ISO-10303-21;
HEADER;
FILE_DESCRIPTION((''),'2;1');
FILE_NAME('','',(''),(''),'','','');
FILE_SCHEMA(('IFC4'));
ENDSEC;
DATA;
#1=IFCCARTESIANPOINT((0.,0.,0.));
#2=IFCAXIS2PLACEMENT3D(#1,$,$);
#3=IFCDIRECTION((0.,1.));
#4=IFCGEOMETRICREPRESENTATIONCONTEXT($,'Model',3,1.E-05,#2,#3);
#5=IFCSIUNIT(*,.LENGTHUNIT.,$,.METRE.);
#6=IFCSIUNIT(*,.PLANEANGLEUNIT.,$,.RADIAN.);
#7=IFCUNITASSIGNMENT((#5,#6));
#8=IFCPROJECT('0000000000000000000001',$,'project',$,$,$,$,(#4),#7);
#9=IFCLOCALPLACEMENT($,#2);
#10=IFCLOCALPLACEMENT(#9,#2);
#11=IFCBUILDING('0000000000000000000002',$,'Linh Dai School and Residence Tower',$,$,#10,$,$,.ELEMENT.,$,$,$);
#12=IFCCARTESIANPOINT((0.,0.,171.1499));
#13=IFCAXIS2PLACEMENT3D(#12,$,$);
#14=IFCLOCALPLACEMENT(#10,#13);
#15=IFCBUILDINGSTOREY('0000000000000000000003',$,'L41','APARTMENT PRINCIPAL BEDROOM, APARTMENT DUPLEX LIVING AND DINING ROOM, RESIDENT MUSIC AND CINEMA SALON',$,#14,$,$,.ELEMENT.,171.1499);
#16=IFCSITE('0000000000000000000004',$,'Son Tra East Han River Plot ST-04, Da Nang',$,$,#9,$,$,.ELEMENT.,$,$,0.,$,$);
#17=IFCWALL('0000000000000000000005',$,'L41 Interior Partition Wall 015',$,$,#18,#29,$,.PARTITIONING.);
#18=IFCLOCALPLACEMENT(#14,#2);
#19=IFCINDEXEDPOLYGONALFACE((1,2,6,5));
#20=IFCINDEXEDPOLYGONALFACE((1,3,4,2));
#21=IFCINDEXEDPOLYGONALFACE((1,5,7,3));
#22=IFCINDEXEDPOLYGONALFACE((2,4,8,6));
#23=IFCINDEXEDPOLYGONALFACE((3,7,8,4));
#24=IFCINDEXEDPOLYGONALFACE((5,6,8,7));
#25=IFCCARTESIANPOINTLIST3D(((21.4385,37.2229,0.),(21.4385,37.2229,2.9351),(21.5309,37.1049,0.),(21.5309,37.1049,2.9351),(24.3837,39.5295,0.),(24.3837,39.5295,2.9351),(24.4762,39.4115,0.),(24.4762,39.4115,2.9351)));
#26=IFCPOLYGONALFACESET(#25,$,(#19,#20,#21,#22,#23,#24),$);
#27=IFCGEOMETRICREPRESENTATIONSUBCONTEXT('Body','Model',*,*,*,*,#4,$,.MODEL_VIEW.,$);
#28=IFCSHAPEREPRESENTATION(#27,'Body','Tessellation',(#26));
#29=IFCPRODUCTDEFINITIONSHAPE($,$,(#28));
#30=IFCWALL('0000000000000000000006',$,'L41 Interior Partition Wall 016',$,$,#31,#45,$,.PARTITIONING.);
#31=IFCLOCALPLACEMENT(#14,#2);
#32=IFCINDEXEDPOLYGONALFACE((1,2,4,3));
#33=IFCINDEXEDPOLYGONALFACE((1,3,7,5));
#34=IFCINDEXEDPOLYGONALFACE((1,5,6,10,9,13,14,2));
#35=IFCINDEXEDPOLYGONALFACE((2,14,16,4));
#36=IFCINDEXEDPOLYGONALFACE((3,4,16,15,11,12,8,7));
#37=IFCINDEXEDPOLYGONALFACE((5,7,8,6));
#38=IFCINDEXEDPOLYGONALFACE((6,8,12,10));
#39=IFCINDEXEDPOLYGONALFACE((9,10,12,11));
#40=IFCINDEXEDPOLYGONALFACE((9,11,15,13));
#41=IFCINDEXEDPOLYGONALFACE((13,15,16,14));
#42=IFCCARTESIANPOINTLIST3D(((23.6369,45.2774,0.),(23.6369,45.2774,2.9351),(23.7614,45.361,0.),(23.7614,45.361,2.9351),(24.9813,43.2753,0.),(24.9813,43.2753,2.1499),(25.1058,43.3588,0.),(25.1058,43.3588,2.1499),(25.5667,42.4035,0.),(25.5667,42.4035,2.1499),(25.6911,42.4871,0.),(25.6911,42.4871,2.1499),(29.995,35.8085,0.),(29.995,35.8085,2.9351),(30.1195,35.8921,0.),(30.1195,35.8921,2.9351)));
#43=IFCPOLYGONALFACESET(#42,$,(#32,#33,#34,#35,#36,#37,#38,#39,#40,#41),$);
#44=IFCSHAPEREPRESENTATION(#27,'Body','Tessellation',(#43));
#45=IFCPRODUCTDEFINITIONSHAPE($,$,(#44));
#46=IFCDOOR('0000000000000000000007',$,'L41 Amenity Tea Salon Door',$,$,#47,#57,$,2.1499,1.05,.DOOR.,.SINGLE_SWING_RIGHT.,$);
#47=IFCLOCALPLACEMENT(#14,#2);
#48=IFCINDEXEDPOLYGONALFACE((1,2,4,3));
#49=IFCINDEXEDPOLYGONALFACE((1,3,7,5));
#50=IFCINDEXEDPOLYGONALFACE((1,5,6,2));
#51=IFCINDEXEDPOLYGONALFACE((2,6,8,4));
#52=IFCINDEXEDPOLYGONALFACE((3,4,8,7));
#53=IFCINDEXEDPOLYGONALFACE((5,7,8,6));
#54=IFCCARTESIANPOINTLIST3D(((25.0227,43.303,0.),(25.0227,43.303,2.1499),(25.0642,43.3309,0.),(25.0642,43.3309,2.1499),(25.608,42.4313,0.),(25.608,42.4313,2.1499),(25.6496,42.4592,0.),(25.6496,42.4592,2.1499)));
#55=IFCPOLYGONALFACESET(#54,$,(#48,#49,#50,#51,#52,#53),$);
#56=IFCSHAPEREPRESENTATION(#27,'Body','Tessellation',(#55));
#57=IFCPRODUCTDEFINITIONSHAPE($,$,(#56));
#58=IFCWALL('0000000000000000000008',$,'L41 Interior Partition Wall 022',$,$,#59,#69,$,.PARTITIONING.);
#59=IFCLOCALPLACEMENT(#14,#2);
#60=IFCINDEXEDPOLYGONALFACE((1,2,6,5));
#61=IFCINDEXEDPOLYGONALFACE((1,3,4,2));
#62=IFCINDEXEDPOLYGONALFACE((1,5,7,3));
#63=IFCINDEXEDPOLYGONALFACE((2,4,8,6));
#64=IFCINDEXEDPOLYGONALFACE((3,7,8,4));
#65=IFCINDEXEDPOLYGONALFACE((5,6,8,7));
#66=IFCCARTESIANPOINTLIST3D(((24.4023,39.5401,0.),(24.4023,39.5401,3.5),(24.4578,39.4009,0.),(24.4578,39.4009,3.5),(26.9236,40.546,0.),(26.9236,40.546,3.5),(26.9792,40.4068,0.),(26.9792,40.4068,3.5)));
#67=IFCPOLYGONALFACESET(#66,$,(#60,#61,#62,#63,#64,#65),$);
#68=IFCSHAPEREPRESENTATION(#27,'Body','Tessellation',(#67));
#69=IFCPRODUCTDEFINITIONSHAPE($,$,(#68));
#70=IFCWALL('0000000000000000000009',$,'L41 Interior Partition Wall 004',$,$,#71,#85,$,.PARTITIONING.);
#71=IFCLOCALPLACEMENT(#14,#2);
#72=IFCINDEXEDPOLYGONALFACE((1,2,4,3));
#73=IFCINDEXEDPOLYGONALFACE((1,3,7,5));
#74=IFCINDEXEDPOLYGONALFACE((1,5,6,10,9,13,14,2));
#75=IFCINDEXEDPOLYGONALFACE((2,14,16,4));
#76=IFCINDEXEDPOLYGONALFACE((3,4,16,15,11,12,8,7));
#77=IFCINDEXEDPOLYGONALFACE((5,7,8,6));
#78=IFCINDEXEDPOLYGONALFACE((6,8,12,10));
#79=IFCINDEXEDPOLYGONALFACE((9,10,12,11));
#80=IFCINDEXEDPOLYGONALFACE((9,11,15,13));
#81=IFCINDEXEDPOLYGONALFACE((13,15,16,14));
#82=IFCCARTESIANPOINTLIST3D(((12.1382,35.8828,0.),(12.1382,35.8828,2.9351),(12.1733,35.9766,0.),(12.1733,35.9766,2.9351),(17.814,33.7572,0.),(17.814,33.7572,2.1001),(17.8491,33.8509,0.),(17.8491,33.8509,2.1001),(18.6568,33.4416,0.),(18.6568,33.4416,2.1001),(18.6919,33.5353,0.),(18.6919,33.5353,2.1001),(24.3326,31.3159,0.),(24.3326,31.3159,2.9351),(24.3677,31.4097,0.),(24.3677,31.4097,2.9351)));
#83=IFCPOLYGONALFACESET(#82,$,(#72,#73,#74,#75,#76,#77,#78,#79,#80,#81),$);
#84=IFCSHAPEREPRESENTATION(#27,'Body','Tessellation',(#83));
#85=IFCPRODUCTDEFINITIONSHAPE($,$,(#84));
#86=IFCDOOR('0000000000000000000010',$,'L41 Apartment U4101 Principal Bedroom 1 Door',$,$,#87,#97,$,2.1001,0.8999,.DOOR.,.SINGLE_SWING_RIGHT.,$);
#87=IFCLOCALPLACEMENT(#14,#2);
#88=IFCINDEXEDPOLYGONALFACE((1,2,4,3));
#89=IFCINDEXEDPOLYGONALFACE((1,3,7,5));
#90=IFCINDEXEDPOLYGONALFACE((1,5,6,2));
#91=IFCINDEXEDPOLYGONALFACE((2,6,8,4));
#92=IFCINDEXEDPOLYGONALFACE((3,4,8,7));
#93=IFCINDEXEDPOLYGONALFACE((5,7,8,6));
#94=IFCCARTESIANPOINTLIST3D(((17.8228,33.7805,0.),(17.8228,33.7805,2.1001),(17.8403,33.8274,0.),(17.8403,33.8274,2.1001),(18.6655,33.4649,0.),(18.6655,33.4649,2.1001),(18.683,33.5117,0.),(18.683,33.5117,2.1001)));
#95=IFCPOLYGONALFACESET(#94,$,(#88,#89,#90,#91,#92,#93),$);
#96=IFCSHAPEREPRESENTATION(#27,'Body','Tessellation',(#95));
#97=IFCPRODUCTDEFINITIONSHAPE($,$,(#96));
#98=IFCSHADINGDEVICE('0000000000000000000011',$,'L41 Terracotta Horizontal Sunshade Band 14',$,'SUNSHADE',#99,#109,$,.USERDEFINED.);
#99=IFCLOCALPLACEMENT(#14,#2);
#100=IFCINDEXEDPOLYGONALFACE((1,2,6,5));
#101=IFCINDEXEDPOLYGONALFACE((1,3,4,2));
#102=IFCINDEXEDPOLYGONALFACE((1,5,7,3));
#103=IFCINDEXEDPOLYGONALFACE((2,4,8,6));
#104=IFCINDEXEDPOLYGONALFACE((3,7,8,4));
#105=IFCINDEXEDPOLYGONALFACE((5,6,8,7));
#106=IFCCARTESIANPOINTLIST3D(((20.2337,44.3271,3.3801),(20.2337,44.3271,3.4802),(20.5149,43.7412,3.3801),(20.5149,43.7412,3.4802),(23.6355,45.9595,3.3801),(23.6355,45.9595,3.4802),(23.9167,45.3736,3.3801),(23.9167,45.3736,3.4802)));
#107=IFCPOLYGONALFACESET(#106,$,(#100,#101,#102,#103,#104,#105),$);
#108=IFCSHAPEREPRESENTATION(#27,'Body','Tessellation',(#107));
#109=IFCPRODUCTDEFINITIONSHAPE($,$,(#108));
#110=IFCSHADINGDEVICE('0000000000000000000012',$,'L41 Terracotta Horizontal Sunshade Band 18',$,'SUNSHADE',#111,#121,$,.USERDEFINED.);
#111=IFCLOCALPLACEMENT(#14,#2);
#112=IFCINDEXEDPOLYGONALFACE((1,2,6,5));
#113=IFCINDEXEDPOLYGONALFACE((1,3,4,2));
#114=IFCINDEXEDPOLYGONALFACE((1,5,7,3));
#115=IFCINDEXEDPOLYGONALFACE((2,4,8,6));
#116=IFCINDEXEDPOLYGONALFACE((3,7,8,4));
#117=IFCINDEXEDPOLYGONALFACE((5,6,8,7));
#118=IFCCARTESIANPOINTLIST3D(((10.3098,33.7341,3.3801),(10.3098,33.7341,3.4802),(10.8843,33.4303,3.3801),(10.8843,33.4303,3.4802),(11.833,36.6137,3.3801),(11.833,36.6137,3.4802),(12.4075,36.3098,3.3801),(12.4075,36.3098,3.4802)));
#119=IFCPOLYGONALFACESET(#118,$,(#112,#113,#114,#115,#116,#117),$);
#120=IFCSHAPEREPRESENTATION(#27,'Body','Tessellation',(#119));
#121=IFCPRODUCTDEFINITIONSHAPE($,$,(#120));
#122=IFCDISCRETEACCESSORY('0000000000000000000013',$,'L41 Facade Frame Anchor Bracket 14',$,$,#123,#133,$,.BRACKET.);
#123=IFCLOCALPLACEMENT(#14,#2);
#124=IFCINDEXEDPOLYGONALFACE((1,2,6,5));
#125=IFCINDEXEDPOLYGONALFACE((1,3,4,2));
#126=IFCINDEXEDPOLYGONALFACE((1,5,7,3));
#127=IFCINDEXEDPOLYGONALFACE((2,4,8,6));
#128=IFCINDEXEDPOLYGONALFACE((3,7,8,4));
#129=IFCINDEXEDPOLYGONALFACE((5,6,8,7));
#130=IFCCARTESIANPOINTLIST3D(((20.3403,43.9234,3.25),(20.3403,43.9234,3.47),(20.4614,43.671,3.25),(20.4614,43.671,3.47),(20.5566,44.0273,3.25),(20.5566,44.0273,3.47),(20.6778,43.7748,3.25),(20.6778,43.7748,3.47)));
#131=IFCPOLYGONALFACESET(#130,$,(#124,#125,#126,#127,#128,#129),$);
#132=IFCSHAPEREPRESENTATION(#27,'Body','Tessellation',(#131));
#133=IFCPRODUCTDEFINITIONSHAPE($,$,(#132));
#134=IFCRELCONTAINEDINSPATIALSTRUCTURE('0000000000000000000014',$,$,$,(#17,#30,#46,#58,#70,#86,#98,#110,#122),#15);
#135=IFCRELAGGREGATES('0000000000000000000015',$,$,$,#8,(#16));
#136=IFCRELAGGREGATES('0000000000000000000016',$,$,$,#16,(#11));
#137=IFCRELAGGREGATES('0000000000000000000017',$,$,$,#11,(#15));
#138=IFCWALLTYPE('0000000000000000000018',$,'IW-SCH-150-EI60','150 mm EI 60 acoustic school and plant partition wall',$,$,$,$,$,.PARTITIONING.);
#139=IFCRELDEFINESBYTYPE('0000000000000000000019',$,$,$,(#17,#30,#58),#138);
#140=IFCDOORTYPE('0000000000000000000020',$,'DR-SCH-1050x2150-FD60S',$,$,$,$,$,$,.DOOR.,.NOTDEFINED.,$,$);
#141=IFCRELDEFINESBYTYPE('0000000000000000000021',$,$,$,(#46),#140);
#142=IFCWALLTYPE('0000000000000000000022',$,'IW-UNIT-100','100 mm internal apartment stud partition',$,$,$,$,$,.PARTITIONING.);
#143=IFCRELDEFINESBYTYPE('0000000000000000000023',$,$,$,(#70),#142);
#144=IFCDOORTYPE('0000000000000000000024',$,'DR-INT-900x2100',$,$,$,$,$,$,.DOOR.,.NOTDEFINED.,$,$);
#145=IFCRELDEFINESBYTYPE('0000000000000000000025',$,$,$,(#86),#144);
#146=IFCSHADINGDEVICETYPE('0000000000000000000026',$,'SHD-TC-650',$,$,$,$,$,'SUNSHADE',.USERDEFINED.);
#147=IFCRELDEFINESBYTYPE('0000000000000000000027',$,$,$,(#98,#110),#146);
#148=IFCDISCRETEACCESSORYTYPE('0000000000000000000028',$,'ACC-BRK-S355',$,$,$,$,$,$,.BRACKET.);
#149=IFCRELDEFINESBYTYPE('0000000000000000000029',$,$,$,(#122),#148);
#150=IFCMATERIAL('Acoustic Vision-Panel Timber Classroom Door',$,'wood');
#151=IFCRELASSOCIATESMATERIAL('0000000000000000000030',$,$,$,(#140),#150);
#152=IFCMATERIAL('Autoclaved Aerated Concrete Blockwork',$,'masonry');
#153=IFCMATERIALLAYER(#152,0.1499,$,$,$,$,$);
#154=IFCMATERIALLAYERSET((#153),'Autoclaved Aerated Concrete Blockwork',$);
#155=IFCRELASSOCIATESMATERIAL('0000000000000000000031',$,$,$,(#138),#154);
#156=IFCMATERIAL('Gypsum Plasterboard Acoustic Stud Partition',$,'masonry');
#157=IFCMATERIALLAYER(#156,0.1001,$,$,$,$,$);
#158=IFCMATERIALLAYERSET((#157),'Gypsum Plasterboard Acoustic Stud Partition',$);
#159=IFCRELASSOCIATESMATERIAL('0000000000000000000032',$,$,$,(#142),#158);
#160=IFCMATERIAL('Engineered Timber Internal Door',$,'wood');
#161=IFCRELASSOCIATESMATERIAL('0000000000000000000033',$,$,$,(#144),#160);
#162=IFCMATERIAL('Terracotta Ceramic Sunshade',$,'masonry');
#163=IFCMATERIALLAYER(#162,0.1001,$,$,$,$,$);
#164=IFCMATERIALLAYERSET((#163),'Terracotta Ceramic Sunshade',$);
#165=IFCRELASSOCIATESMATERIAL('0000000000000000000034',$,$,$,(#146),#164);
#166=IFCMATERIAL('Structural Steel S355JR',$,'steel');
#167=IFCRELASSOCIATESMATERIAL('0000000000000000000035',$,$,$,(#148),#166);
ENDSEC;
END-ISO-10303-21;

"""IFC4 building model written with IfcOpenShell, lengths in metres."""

from ifc_helpers import new_model, si_unit, direction, frame, frame_2d, origin, origin_2d, place, context, subcontext, project, spatial, rectangle, extrude, source, transform, mapped, material, layer, layer_set, type_object, element, fill, save


model = new_model("IFC4")

# Units and contexts
model_context = context("Model", 3, precision=1e-05, world=origin(), true_north=direction((0.0, 1.0)))
body_context = subcontext(model_context, "Body", "Model", "MODEL_VIEW")
ifc_project = project(units=[si_unit("LENGTHUNIT", "METRE"), si_unit("PLANEANGLEUNIT", "RADIAN")], contexts=[model_context])

# Site, building, storey
site_placement = place(None, origin())
site = spatial("IfcSite", under=ifc_project, at=site_placement, Name="Son Tra East Han River Plot ST-04, Da Nang", CompositionType="ELEMENT", RefElevation=0.0)
building_placement = place(site_placement, origin())
building = spatial("IfcBuilding", under=site, at=building_placement, Name="Linh Dai School and Residence Tower", CompositionType="ELEMENT")
storey_placement = place(building_placement, frame((0.0, 0.0, 171.1499)))
storey = spatial("IfcBuildingStorey", under=building, at=storey_placement, Name="L41", Description="APARTMENT PRINCIPAL BEDROOM, APARTMENT DUPLEX LIVING AND DINING ROOM, RESIDENT MUSIC AND CINEMA SALON", CompositionType="ELEMENT", Elevation=171.1499)

# Shared definitions
ifc_material_1 = material(Name="Structural Steel S355JR", Category="steel")

# Shared definitions
ifc_material_2 = material(Name="Autoclaved Aerated Concrete Blockwork", Category="masonry")

# Shared definitions
ifc_material_3 = material(Name="Acoustic Vision-Panel Timber Classroom Door", Category="wood")
door_type_1 = type_object("IfcDoorType", Name="DR-SCH-1050x2150-FD60S", OperationType="NOTDEFINED", PredefinedType="DOOR", material=ifc_material_3)
shared_shape_1 = source(origin(), body_context, "Body", "SweptSolid", [
    extrude(rectangle(XDim=1.05, YDim=2.1499, at=origin_2d()), frame((0.5249, 0.0249, 1.075), z_axis=(0.0, -1.0, 0.0), x_axis=(1.0, 0.0, 0.0)), (0.0, 0.0, 1.0), 0.05),
])

# Wall
ifc_layer_1 = layer(ifc_material_2, 0.1499)
ifc_layer_set_1 = layer_set([ifc_layer_1], Name="Autoclaved Aerated Concrete Blockwork")
wall_type_1 = type_object("IfcWallType", Name="IW-SCH-150-EI60", Description="150 mm EI 60 acoustic school and plant partition wall", PredefinedType="PARTITIONING", material=ifc_layer_set_1)
wall_1_placement = place(storey_placement, frame((21.4846, 37.1638, 0.0), z_axis=(0.0, 0.0, 1.0), x_axis=(0.787296, 0.616576, 0.0)))
element("IfcWall", 1, at=wall_1_placement, inside=storey, type_object=wall_type_1, Name="L41 Interior Partition Wall 015", PredefinedType="PARTITIONING", context=body_context, shape_type="SweptSolid", body=[
    extrude(rectangle(XDim=3.741, YDim=0.1499, at=frame_2d((1.8706, 0.0))), origin(), (0.0, 0.0, 1.0), 2.9351),
])

# Wall, opening, door
wall_2_placement = place(storey_placement, frame((23.6992, 45.3191, 0.0), z_axis=(0.0, 0.0, 1.0), x_axis=(0.557458, -0.830205, 0.0)))
wall_2 = element("IfcWall", 2, at=wall_2_placement, inside=storey, type_object=wall_type_1, Name="L41 Interior Partition Wall 016", PredefinedType="PARTITIONING", context=body_context, shape_type="SweptSolid", body=[
    extrude(rectangle(XDim=11.4055, YDim=0.1499, at=frame_2d((5.7026, 0.0))), origin(), (0.0, 0.0, 1.0), 2.9351),
])
opening_1_placement = place(wall_2_placement, frame((2.4116, 0.0, 0.0)))
opening_1 = element("IfcOpeningElement", 3, at=opening_1_placement, cuts=wall_2, PredefinedType="OPENING", context=body_context, shape_type="SweptSolid", body=[
    extrude(rectangle(XDim=1.05, YDim=2.1499, at=origin_2d()), frame((0.5249, 0.085, 1.075), z_axis=(0.0, -1.0, 0.0), x_axis=(1.0, 0.0, 0.0)), (0.0, 0.0, 1.0), 0.1699),
])
door_1_placement = place(opening_1_placement, origin())
door_1 = element("IfcDoor", 4, at=door_1_placement, inside=storey, type_object=door_type_1, Name="L41 Amenity Tea Salon Door", OperationType="SINGLE_SWING_RIGHT", OverallHeight=2.1499, OverallWidth=1.05, PredefinedType="DOOR", context=body_context, shape_type="MappedRepresentation", body=[
    mapped(shared_shape_1, transform((0.0, 0.0, 0.0), x_axis=(1.0, 0.0, 0.0), y_axis=(0.0, 1.0, 0.0), z_axis=(0.0, 0.0, 1.0), scale=1.0)),
])
fill(opening_1, door_1)

# Wall
wall_3_placement = place(storey_placement, frame((24.4299, 39.4705, 0.0), z_axis=(0.0, 0.0, 1.0), x_axis=(0.928811, 0.370553, 0.0)))
element("IfcWall", 5, at=wall_3_placement, inside=storey, type_object=wall_type_1, Name="L41 Interior Partition Wall 022", PredefinedType="PARTITIONING", context=body_context, shape_type="SweptSolid", body=[
    extrude(rectangle(XDim=2.7146, YDim=0.1499, at=frame_2d((1.3574, 0.0))), origin(), (0.0, 0.0, 1.0), 3.5),
])

# Wall, opening, door
ifc_material_4 = material(Name="Gypsum Plasterboard Acoustic Stud Partition", Category="masonry")
ifc_layer_2 = layer(ifc_material_4, 0.1001)
ifc_layer_set_2 = layer_set([ifc_layer_2], Name="Gypsum Plasterboard Acoustic Stud Partition")
wall_type_2 = type_object("IfcWallType", Name="IW-UNIT-100", Description="100 mm internal apartment stud partition", PredefinedType="PARTITIONING", material=ifc_layer_set_2)
wall_4_placement = place(storey_placement, frame((12.1558, 35.9297, 0.0), z_axis=(0.0, 0.0, 1.0), x_axis=(0.93648, -0.350721, 0.0)))
wall_4 = element("IfcWall", 6, at=wall_4_placement, inside=storey, type_object=wall_type_2, Name="L41 Interior Partition Wall 004", PredefinedType="PARTITIONING", context=body_context, shape_type="SweptSolid", body=[
    extrude(rectangle(XDim=13.0215, YDim=0.1001, at=frame_2d((6.5107, 0.0))), origin(), (0.0, 0.0, 1.0), 2.9351),
])
opening_2_placement = place(wall_4_placement, frame((6.0608, 0.0, 0.0)))
opening_2 = element("IfcOpeningElement", 7, at=opening_2_placement, cuts=wall_4, PredefinedType="OPENING", context=body_context, shape_type="SweptSolid", body=[
    extrude(rectangle(XDim=0.8999, YDim=2.1001, at=origin_2d()), frame((0.45, 0.0601, 1.05), z_axis=(0.0, -1.0, 0.0), x_axis=(1.0, 0.0, 0.0)), (0.0, 0.0, 1.0), 0.1201),
])
ifc_material_5 = material(Name="Engineered Timber Internal Door", Category="wood")
door_type_2 = type_object("IfcDoorType", Name="DR-INT-900x2100", OperationType="NOTDEFINED", PredefinedType="DOOR", material=ifc_material_5)
shared_shape_2 = source(origin(), body_context, "Body", "SweptSolid", [
    extrude(rectangle(XDim=0.8999, YDim=2.1001, at=origin_2d()), frame((0.45, 0.0249, 1.05), z_axis=(0.0, -1.0, 0.0), x_axis=(1.0, 0.0, 0.0)), (0.0, 0.0, 1.0), 0.05),
])
door_2_placement = place(opening_2_placement, origin())
door_2 = element("IfcDoor", 8, at=door_2_placement, inside=storey, type_object=door_type_2, Name="L41 Apartment U4101 Principal Bedroom 1 Door", OperationType="SINGLE_SWING_RIGHT", OverallHeight=2.1001, OverallWidth=0.8999, PredefinedType="DOOR", context=body_context, shape_type="MappedRepresentation", body=[
    mapped(shared_shape_2, transform((0.0, 0.0, 0.0), x_axis=(1.0, 0.0, 0.0), y_axis=(0.0, 1.0, 0.0), z_axis=(0.0, 0.0, 1.0), scale=1.0)),
])
fill(opening_2, door_2)

# Shading devices
ifc_material_6 = material(Name="Terracotta Ceramic Sunshade", Category="masonry")
ifc_layer_3 = layer(ifc_material_6, 0.1001)
ifc_layer_set_3 = layer_set([ifc_layer_3], Name="Terracotta Ceramic Sunshade")
shading_device_type = type_object("IfcShadingDeviceType", Name="SHD-TC-650", ElementType="SUNSHADE", PredefinedType="USERDEFINED", material=ifc_layer_set_3)
shared_shape_3 = source(origin(), body_context, "Body", "SweptSolid", [
    extrude(rectangle(XDim=3.7732, YDim=0.6499, at=origin_2d()), origin(), (0.0, 0.0, 1.0), 0.1001),
])
shading_device_1_placement = place(storey_placement, frame((22.0752, 44.8503, 3.3801), z_axis=(0.0, 0.0, 1.0), x_axis=(0.901569, 0.432635, 0.0)))
element("IfcShadingDevice", 9, at=shading_device_1_placement, inside=storey, type_object=shading_device_type, Name="L41 Terracotta Horizontal Sunshade Band 14", ObjectType="SUNSHADE", PredefinedType="USERDEFINED", context=body_context, shape_type="MappedRepresentation", body=[
    mapped(shared_shape_3, transform((0.0, 0.0, 0.0), x_axis=(1.0, 0.0, 0.0), y_axis=(0.0, 1.0, 0.0), z_axis=(0.0, 0.0, 1.0), scale=1.0)),
])
shared_shape_4 = source(origin(), body_context, "Body", "SweptSolid", [
    extrude(rectangle(XDim=3.2576, YDim=0.6499, at=origin_2d()), origin(), (0.0, 0.0, 1.0), 0.1001),
])
shading_device_2_placement = place(storey_placement, frame((11.3586, 35.022, 3.3801), z_axis=(0.0, 0.0, 1.0), x_axis=(0.46758, 0.883951, 0.0)))
element("IfcShadingDevice", 10, at=shading_device_2_placement, inside=storey, type_object=shading_device_type, Name="L41 Terracotta Horizontal Sunshade Band 18", ObjectType="SUNSHADE", PredefinedType="USERDEFINED", context=body_context, shape_type="MappedRepresentation", body=[
    mapped(shared_shape_4, transform((0.0, 0.0, 0.0), x_axis=(1.0, 0.0, 0.0), y_axis=(0.0, 1.0, 0.0), z_axis=(0.0, 0.0, 1.0), scale=1.0)),
])

# Discrete accessory
discrete_accessory_type = type_object("IfcDiscreteAccessoryType", Name="ACC-BRK-S355", PredefinedType="BRACKET", material=ifc_material_1)
shared_shape_5 = source(origin(), body_context, "Body", "SweptSolid", [
    extrude(rectangle(XDim=0.28, YDim=0.24, at=origin_2d()), origin(), (0.0, 0.0, 1.0), 0.22),
])
discrete_accessory_placement = place(storey_placement, frame((20.509, 43.8491, 3.25), z_axis=(0.0, 0.0, 1.0), x_axis=(-0.432635, 0.901569, 0.0)))
element("IfcDiscreteAccessory", 11, at=discrete_accessory_placement, inside=storey, type_object=discrete_accessory_type, Name="L41 Facade Frame Anchor Bracket 14", PredefinedType="BRACKET", context=body_context, shape_type="MappedRepresentation", body=[
    mapped(shared_shape_5, transform((0.0, 0.0, 0.0), x_axis=(1.0, 0.0, 0.0), y_axis=(0.0, 1.0, 0.0), z_axis=(0.0, 0.0, 1.0), scale=1.0)),
])

save(model, "model.ifc")
